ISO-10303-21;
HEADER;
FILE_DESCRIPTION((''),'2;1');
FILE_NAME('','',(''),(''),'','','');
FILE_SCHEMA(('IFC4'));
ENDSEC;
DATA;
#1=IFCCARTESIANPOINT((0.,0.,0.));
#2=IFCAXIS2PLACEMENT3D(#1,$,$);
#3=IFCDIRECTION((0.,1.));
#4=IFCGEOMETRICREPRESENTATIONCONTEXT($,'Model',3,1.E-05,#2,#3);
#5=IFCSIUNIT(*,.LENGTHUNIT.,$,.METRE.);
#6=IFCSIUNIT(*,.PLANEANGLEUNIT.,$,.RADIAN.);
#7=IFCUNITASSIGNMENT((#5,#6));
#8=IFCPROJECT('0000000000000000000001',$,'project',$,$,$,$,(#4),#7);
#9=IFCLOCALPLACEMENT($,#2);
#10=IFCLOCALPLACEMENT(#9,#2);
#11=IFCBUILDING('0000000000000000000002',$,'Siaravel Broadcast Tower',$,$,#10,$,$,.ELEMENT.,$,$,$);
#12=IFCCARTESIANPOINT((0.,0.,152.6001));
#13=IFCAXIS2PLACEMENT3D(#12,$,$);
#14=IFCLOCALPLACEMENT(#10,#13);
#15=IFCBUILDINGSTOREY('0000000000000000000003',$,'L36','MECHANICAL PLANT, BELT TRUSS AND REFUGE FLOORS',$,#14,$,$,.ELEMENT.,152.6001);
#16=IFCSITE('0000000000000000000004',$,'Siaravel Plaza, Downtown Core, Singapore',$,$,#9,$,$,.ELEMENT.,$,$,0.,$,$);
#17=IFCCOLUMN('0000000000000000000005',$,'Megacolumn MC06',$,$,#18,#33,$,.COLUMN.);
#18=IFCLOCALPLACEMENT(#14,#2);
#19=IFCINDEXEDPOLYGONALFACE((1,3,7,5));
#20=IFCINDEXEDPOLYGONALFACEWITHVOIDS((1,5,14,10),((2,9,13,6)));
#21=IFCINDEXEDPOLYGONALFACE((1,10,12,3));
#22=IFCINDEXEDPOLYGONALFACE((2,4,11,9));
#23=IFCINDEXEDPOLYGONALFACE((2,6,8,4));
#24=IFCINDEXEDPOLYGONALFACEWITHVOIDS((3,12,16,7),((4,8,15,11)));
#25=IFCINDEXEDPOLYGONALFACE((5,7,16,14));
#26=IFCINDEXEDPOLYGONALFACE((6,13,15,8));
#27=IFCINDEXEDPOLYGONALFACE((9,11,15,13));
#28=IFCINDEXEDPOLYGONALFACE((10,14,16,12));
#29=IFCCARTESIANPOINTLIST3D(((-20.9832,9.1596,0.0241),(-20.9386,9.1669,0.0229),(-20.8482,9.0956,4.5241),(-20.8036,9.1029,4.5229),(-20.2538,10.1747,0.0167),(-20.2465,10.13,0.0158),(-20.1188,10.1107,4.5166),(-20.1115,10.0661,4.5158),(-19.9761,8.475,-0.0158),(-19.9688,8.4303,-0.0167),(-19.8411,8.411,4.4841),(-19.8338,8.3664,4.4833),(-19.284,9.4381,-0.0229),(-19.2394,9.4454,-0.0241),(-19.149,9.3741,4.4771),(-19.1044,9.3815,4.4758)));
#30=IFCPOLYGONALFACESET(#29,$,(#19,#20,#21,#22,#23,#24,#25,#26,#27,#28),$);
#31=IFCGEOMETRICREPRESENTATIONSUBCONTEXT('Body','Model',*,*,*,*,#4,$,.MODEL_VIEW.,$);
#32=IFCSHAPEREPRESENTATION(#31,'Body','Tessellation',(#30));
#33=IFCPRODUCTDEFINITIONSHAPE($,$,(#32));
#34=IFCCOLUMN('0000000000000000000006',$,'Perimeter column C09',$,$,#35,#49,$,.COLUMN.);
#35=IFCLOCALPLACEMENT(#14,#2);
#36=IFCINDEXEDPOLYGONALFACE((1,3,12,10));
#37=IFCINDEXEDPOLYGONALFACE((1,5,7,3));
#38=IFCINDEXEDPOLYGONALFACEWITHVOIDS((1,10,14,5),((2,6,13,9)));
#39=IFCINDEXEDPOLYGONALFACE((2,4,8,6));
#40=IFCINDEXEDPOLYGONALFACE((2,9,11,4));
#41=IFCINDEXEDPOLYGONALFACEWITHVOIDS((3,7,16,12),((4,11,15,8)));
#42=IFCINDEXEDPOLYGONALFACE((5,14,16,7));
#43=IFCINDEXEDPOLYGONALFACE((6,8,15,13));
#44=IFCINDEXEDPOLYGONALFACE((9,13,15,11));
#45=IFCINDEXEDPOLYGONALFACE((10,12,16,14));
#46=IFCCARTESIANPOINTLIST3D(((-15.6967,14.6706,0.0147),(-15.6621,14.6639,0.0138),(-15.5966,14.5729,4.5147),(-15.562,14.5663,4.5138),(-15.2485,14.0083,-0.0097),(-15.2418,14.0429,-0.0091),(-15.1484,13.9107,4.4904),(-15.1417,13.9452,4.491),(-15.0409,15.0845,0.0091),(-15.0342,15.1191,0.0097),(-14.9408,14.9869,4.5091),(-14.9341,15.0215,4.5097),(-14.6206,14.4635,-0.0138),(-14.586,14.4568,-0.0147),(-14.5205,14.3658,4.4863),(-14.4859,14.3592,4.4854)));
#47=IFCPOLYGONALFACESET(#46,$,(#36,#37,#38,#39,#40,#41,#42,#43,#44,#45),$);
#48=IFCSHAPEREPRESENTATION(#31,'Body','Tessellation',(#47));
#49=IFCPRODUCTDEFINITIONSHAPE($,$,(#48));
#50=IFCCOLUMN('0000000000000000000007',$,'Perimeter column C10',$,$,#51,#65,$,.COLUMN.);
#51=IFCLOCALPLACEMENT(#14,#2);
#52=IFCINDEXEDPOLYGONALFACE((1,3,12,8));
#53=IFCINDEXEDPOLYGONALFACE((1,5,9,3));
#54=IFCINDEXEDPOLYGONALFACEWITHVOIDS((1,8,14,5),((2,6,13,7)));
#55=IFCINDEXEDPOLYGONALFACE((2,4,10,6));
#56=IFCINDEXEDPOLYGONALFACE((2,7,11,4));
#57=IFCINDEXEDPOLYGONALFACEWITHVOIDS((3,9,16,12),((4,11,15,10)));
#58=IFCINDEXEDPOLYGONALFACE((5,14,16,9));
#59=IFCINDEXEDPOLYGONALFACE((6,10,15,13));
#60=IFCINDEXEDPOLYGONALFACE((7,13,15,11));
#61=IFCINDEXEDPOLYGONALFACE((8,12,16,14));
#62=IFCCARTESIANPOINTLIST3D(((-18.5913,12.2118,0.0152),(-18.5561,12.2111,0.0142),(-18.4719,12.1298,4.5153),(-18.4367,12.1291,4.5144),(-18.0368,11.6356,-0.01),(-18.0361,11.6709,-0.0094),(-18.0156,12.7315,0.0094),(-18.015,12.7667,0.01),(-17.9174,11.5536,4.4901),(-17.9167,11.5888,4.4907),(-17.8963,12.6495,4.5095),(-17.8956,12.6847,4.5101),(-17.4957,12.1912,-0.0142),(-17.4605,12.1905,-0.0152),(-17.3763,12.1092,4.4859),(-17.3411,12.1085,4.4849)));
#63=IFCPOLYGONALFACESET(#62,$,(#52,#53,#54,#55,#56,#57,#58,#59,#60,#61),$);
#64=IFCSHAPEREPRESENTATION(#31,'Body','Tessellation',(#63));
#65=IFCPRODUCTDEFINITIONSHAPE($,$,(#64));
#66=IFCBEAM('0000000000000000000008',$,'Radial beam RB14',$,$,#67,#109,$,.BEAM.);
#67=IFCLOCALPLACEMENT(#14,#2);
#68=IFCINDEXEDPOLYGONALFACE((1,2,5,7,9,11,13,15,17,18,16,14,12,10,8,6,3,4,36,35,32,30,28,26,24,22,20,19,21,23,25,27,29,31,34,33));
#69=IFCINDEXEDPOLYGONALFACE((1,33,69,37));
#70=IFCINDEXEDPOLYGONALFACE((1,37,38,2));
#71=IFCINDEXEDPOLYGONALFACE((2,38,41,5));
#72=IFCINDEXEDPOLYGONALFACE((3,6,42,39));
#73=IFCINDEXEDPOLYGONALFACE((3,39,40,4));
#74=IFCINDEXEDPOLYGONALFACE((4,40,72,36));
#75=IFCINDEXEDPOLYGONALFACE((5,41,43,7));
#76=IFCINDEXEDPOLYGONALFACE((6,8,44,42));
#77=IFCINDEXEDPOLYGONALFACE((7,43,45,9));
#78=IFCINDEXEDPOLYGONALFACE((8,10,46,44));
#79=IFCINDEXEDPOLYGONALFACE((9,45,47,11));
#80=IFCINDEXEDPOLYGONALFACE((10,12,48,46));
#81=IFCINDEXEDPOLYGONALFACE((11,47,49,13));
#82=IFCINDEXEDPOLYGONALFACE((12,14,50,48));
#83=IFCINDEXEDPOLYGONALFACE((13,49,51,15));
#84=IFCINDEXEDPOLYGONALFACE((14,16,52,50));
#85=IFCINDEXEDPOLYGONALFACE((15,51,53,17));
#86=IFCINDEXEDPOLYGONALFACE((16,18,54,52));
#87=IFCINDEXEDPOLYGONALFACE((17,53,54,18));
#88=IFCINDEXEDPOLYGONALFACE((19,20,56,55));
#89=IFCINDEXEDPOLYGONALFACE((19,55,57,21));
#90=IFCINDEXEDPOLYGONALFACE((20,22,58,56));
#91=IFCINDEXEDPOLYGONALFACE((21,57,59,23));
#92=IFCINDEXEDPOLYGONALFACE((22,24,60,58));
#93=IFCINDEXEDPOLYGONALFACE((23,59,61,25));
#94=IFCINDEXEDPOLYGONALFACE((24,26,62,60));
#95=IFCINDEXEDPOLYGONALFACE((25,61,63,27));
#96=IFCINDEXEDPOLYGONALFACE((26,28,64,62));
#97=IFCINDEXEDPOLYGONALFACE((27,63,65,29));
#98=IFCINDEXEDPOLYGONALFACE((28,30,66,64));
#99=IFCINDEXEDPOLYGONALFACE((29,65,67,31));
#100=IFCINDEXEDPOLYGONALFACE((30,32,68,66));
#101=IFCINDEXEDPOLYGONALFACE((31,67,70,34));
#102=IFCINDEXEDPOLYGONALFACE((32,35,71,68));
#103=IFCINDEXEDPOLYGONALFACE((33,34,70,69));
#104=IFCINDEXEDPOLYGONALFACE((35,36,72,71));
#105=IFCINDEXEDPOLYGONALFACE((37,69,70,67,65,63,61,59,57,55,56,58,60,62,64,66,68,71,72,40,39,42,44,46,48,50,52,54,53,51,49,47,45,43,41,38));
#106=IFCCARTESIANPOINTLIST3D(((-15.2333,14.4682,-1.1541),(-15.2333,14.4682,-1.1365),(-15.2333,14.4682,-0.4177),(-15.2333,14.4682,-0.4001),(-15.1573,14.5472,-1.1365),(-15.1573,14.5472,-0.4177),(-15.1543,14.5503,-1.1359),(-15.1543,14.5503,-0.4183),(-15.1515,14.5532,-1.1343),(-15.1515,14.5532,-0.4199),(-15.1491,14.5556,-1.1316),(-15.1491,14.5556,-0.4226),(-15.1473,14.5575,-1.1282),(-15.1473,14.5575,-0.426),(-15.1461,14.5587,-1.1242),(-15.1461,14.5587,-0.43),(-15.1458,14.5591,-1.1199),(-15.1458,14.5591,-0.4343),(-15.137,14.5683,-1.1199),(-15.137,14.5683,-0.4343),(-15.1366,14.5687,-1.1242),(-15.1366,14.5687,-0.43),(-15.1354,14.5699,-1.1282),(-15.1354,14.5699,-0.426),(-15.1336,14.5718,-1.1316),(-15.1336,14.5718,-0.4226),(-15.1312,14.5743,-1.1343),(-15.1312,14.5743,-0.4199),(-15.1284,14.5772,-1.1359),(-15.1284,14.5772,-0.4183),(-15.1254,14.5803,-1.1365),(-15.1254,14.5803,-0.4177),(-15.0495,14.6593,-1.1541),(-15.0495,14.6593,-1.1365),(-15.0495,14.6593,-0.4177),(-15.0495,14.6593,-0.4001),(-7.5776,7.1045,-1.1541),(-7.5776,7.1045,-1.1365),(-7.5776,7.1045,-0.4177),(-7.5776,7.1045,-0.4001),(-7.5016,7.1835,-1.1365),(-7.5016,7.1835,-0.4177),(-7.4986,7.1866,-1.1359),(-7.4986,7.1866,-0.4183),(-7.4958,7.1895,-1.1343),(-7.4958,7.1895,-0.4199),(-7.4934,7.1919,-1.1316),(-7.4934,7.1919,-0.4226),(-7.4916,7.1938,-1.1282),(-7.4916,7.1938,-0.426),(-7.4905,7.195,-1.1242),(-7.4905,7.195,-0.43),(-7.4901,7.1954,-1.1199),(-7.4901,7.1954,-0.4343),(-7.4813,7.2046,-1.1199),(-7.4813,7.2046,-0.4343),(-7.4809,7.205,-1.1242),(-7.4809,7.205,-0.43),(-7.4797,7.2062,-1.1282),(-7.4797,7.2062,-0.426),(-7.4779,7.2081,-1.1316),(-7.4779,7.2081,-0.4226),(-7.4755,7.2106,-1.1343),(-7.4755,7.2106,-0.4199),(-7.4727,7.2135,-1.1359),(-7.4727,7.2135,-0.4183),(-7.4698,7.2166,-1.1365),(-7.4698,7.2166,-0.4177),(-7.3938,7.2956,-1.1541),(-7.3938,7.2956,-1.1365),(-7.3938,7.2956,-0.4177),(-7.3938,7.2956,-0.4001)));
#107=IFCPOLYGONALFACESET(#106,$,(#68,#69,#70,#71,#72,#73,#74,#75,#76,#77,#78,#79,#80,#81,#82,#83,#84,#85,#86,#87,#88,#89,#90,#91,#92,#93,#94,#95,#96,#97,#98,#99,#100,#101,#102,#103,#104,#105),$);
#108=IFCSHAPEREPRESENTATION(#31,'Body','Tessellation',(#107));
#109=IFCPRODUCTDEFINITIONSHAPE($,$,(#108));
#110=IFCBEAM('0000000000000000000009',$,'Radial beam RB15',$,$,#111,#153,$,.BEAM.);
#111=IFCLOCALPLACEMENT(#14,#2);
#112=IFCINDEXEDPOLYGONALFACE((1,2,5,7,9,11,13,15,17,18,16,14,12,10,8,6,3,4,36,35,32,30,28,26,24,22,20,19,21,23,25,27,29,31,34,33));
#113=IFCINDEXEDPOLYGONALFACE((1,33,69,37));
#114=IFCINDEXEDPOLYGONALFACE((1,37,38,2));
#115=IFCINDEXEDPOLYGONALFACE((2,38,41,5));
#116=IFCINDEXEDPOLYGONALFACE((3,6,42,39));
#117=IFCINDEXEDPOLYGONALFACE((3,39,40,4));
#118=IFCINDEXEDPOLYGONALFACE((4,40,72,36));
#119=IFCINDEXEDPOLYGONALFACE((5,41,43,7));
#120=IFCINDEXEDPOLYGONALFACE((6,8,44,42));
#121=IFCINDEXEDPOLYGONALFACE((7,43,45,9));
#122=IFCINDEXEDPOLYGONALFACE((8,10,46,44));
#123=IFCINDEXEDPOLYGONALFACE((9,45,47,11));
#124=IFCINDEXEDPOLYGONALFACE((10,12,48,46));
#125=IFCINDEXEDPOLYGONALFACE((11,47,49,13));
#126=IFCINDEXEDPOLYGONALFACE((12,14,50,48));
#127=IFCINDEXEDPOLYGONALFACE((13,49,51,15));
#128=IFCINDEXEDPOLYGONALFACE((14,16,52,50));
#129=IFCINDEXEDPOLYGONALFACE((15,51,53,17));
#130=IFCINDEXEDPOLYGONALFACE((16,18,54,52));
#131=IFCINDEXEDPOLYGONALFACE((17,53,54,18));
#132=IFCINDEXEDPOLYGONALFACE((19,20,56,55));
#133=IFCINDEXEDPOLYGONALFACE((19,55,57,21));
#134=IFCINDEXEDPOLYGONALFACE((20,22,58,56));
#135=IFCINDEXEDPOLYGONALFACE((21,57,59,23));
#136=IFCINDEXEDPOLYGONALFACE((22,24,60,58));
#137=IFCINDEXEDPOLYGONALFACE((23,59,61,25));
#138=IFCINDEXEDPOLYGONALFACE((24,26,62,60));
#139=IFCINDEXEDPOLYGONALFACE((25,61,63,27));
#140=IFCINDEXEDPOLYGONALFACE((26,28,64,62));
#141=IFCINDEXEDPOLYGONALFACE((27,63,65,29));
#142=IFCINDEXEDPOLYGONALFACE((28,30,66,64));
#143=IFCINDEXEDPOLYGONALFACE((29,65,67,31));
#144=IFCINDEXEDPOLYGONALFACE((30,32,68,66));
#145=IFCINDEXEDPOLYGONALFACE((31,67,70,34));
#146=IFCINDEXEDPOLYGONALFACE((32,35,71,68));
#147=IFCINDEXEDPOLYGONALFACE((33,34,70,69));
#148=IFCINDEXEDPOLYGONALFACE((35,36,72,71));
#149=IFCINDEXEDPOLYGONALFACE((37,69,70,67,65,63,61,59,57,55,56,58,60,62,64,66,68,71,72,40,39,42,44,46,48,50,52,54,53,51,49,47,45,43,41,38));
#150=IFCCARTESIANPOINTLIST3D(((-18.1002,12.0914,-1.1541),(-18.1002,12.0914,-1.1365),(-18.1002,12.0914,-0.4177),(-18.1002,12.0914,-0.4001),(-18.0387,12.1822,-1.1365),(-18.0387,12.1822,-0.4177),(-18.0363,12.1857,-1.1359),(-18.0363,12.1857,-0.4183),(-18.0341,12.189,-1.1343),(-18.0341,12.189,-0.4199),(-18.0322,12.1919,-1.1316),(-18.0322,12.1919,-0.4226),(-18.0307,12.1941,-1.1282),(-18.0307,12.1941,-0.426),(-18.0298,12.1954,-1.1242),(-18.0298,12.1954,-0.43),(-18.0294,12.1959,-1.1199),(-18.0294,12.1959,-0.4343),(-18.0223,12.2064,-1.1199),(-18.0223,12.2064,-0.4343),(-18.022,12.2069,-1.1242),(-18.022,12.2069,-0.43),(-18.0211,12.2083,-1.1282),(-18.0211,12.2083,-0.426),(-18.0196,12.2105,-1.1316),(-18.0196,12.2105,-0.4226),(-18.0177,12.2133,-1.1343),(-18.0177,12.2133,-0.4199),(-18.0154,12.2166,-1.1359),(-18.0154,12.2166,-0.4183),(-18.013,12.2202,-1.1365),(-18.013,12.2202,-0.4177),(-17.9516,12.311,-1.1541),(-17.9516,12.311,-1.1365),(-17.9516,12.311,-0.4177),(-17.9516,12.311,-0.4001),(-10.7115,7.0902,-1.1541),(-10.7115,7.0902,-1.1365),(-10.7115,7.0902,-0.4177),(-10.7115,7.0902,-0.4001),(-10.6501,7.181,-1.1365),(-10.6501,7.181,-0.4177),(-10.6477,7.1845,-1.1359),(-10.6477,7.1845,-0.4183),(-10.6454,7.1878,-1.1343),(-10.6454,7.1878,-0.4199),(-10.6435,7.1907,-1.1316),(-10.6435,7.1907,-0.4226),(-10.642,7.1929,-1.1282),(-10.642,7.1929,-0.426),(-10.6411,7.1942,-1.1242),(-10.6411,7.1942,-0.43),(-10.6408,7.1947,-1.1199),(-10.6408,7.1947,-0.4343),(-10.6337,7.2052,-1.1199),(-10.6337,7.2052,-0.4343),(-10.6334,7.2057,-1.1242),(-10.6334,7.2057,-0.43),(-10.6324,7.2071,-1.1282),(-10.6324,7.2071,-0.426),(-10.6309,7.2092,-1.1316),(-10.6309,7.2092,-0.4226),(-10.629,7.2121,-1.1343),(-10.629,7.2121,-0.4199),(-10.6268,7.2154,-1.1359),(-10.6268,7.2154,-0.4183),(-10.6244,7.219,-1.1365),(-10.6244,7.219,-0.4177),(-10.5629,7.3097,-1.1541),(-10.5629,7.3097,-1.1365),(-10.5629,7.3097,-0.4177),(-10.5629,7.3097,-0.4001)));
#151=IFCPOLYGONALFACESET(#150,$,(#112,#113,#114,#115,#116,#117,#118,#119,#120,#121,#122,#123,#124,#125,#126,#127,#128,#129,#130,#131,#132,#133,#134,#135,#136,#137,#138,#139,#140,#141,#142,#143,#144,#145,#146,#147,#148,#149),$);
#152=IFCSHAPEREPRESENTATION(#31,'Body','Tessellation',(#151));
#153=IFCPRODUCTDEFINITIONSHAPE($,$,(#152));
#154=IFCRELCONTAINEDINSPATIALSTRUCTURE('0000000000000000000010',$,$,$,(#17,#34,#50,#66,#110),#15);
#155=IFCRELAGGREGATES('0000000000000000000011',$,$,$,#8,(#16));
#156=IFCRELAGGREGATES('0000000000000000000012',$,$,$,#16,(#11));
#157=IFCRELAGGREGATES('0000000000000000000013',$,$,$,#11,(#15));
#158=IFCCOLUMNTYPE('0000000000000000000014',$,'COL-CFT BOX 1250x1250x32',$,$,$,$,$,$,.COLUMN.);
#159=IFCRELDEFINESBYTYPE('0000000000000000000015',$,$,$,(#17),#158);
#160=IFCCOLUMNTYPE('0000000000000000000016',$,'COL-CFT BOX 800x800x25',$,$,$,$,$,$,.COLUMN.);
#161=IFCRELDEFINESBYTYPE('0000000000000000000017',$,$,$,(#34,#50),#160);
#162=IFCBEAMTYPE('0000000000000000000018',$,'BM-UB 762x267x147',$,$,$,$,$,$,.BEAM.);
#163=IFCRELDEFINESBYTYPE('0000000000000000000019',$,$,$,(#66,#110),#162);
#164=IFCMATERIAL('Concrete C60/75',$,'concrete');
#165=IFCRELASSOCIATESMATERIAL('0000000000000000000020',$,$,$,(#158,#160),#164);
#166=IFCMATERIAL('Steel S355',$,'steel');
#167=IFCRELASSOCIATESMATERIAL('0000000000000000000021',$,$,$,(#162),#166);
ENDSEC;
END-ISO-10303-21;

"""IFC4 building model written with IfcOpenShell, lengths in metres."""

from ifc_helpers import new_model, si_unit, direction, frame, origin, origin_2d, place, context, subcontext, project, spatial, hollow_rectangle, i_section, extrude, material, material_profile, profile_set, type_object, element, save


model = new_model("IFC4")

# Units and contexts
model_context = context("Model", 3, precision=1e-05, world=origin(), true_north=direction((0.0, 1.0)))
body_context = subcontext(model_context, "Body", "Model", "MODEL_VIEW")
ifc_project = project(units=[si_unit("LENGTHUNIT", "METRE"), si_unit("PLANEANGLEUNIT", "RADIAN")], contexts=[model_context])

# Site, building, storey
site_placement = place(None, origin())
site = spatial("IfcSite", under=ifc_project, at=site_placement, Name="Siaravel Plaza, Downtown Core, Singapore", CompositionType="ELEMENT", RefElevation=0.0)
building_placement = place(site_placement, origin())
building = spatial("IfcBuilding", under=site, at=building_placement, Name="Siaravel Broadcast Tower", CompositionType="ELEMENT")
storey_placement = place(building_placement, frame((0.0, 0.0, 152.6001)))
storey = spatial("IfcBuildingStorey", under=building, at=storey_placement, Name="L36", Description="MECHANICAL PLANT, BELT TRUSS AND REFUGE FLOORS", CompositionType="ELEMENT", Elevation=152.6001)

# Columns
ifc_material_1 = material(Name="Concrete C60/75", Category="concrete")
ifc_material_profile_1 = material_profile(ifc_material_1, hollow_rectangle(XDim=1.25, YDim=1.25, WallThickness=0.032, at=origin_2d()))
ifc_profile_set_1 = profile_set([ifc_material_profile_1], Name="Concrete C60/75")
column_type_1 = type_object("IfcColumnType", Name="COL-CFT BOX 1250x1250x32", PredefinedType="COLUMN", material=ifc_profile_set_1)
column_1_placement = place(storey_placement, frame((-20.1113, 9.3025, 0.0), z_axis=(0.029986, -0.014207, 0.999449), x_axis=(0.583532, 0.812069, -0.005964)))
element("IfcColumn", 1, at=column_1_placement, inside=storey, type_object=column_type_1, Name="Megacolumn MC06", PredefinedType="COLUMN", context=body_context, shape_type="SweptSolid", body=[
    extrude(hollow_rectangle(XDim=1.25, YDim=1.25, WallThickness=0.032, at=origin_2d()), origin(), (0.0, 0.0, 1.0), 4.5024),
])
ifc_material_profile_2 = material_profile(ifc_material_1, hollow_rectangle(XDim=0.8, YDim=0.8, WallThickness=0.0249, at=origin_2d()))
ifc_profile_set_2 = profile_set([ifc_material_profile_2], Name="Concrete C60/75")
column_type_2 = type_object("IfcColumnType", Name="COL-CFT BOX 800x800x25", PredefinedType="COLUMN", material=ifc_profile_set_2)
column_2_placement = place(storey_placement, frame((-15.1414, 14.5637, 0.0), z_axis=(0.022233, -0.021691, 0.999517), x_axis=(0.828046, 0.560625, -0.006253)))
element("IfcColumn", 2, at=column_2_placement, inside=storey, type_object=column_type_2, Name="Perimeter column C09", PredefinedType="COLUMN", context=body_context, shape_type="SweptSolid", body=[
    extrude(hollow_rectangle(XDim=0.8, YDim=0.8, WallThickness=0.0249, at=origin_2d()), origin(), (0.0, 0.0, 1.0), 4.5022),
])
column_3_placement = place(storey_placement, frame((-18.0259, 12.2012, 0.0), z_axis=(0.026516, -0.01822, 0.999482), x_axis=(0.720364, 0.693566, -0.006468)))
element("IfcColumn", 3, at=column_3_placement, inside=storey, type_object=column_type_2, Name="Perimeter column C10", PredefinedType="COLUMN", context=body_context, shape_type="SweptSolid", body=[
    extrude(hollow_rectangle(XDim=0.8, YDim=0.8, WallThickness=0.0249, at=origin_2d()), origin(), (0.0, 0.0, 1.0), 4.5024),
])

# Beams
ifc_material_2 = material(Name="Steel S355", Category="steel")
ifc_material_profile_3 = material_profile(ifc_material_2, i_section(OverallWidth=0.2651, OverallDepth=0.7539, WebThickness=0.0127, FlangeThickness=0.0176, FilletRadius=0.0166, at=origin_2d()))
ifc_profile_set_3 = profile_set([ifc_material_profile_3], Name="Steel S355")
beam_type_1 = type_object("IfcBeamType", Name="BM-UB 762x267x147", PredefinedType="BEAM", material=ifc_profile_set_3)
beam_1_placement = place(storey_placement, frame((-15.1414, 14.5637, -0.7771), z_axis=(0.720717, -0.693229, 0.0), x_axis=(0.693229, 0.720717, 0.0)))
element("IfcBeam", 4, at=beam_1_placement, inside=storey, type_object=beam_type_1, Name="Radial beam RB14", PredefinedType="BEAM", context=body_context, shape_type="SweptSolid", body=[
    extrude(i_section(OverallWidth=0.2651, OverallDepth=0.7539, WebThickness=0.0127, FlangeThickness=0.0176, FilletRadius=0.0166, at=origin_2d()), origin(), (0.0, 0.0, 1.0), 10.6223),
])
beam_2_placement = place(storey_placement, frame((-18.0259, 12.2012, -0.7771), z_axis=(0.828127, -0.56054, 0.0), x_axis=(0.56054, 0.828127, 0.0)))
element("IfcBeam", 5, at=beam_2_placement, inside=storey, type_object=beam_type_1, Name="Radial beam RB15", PredefinedType="BEAM", context=body_context, shape_type="SweptSolid", body=[
    extrude(i_section(OverallWidth=0.2651, OverallDepth=0.7539, WebThickness=0.0127, FlangeThickness=0.0176, FilletRadius=0.0166, at=origin_2d()), origin(), (0.0, 0.0, 1.0), 8.9221),
])

save(model, "model.ifc")
